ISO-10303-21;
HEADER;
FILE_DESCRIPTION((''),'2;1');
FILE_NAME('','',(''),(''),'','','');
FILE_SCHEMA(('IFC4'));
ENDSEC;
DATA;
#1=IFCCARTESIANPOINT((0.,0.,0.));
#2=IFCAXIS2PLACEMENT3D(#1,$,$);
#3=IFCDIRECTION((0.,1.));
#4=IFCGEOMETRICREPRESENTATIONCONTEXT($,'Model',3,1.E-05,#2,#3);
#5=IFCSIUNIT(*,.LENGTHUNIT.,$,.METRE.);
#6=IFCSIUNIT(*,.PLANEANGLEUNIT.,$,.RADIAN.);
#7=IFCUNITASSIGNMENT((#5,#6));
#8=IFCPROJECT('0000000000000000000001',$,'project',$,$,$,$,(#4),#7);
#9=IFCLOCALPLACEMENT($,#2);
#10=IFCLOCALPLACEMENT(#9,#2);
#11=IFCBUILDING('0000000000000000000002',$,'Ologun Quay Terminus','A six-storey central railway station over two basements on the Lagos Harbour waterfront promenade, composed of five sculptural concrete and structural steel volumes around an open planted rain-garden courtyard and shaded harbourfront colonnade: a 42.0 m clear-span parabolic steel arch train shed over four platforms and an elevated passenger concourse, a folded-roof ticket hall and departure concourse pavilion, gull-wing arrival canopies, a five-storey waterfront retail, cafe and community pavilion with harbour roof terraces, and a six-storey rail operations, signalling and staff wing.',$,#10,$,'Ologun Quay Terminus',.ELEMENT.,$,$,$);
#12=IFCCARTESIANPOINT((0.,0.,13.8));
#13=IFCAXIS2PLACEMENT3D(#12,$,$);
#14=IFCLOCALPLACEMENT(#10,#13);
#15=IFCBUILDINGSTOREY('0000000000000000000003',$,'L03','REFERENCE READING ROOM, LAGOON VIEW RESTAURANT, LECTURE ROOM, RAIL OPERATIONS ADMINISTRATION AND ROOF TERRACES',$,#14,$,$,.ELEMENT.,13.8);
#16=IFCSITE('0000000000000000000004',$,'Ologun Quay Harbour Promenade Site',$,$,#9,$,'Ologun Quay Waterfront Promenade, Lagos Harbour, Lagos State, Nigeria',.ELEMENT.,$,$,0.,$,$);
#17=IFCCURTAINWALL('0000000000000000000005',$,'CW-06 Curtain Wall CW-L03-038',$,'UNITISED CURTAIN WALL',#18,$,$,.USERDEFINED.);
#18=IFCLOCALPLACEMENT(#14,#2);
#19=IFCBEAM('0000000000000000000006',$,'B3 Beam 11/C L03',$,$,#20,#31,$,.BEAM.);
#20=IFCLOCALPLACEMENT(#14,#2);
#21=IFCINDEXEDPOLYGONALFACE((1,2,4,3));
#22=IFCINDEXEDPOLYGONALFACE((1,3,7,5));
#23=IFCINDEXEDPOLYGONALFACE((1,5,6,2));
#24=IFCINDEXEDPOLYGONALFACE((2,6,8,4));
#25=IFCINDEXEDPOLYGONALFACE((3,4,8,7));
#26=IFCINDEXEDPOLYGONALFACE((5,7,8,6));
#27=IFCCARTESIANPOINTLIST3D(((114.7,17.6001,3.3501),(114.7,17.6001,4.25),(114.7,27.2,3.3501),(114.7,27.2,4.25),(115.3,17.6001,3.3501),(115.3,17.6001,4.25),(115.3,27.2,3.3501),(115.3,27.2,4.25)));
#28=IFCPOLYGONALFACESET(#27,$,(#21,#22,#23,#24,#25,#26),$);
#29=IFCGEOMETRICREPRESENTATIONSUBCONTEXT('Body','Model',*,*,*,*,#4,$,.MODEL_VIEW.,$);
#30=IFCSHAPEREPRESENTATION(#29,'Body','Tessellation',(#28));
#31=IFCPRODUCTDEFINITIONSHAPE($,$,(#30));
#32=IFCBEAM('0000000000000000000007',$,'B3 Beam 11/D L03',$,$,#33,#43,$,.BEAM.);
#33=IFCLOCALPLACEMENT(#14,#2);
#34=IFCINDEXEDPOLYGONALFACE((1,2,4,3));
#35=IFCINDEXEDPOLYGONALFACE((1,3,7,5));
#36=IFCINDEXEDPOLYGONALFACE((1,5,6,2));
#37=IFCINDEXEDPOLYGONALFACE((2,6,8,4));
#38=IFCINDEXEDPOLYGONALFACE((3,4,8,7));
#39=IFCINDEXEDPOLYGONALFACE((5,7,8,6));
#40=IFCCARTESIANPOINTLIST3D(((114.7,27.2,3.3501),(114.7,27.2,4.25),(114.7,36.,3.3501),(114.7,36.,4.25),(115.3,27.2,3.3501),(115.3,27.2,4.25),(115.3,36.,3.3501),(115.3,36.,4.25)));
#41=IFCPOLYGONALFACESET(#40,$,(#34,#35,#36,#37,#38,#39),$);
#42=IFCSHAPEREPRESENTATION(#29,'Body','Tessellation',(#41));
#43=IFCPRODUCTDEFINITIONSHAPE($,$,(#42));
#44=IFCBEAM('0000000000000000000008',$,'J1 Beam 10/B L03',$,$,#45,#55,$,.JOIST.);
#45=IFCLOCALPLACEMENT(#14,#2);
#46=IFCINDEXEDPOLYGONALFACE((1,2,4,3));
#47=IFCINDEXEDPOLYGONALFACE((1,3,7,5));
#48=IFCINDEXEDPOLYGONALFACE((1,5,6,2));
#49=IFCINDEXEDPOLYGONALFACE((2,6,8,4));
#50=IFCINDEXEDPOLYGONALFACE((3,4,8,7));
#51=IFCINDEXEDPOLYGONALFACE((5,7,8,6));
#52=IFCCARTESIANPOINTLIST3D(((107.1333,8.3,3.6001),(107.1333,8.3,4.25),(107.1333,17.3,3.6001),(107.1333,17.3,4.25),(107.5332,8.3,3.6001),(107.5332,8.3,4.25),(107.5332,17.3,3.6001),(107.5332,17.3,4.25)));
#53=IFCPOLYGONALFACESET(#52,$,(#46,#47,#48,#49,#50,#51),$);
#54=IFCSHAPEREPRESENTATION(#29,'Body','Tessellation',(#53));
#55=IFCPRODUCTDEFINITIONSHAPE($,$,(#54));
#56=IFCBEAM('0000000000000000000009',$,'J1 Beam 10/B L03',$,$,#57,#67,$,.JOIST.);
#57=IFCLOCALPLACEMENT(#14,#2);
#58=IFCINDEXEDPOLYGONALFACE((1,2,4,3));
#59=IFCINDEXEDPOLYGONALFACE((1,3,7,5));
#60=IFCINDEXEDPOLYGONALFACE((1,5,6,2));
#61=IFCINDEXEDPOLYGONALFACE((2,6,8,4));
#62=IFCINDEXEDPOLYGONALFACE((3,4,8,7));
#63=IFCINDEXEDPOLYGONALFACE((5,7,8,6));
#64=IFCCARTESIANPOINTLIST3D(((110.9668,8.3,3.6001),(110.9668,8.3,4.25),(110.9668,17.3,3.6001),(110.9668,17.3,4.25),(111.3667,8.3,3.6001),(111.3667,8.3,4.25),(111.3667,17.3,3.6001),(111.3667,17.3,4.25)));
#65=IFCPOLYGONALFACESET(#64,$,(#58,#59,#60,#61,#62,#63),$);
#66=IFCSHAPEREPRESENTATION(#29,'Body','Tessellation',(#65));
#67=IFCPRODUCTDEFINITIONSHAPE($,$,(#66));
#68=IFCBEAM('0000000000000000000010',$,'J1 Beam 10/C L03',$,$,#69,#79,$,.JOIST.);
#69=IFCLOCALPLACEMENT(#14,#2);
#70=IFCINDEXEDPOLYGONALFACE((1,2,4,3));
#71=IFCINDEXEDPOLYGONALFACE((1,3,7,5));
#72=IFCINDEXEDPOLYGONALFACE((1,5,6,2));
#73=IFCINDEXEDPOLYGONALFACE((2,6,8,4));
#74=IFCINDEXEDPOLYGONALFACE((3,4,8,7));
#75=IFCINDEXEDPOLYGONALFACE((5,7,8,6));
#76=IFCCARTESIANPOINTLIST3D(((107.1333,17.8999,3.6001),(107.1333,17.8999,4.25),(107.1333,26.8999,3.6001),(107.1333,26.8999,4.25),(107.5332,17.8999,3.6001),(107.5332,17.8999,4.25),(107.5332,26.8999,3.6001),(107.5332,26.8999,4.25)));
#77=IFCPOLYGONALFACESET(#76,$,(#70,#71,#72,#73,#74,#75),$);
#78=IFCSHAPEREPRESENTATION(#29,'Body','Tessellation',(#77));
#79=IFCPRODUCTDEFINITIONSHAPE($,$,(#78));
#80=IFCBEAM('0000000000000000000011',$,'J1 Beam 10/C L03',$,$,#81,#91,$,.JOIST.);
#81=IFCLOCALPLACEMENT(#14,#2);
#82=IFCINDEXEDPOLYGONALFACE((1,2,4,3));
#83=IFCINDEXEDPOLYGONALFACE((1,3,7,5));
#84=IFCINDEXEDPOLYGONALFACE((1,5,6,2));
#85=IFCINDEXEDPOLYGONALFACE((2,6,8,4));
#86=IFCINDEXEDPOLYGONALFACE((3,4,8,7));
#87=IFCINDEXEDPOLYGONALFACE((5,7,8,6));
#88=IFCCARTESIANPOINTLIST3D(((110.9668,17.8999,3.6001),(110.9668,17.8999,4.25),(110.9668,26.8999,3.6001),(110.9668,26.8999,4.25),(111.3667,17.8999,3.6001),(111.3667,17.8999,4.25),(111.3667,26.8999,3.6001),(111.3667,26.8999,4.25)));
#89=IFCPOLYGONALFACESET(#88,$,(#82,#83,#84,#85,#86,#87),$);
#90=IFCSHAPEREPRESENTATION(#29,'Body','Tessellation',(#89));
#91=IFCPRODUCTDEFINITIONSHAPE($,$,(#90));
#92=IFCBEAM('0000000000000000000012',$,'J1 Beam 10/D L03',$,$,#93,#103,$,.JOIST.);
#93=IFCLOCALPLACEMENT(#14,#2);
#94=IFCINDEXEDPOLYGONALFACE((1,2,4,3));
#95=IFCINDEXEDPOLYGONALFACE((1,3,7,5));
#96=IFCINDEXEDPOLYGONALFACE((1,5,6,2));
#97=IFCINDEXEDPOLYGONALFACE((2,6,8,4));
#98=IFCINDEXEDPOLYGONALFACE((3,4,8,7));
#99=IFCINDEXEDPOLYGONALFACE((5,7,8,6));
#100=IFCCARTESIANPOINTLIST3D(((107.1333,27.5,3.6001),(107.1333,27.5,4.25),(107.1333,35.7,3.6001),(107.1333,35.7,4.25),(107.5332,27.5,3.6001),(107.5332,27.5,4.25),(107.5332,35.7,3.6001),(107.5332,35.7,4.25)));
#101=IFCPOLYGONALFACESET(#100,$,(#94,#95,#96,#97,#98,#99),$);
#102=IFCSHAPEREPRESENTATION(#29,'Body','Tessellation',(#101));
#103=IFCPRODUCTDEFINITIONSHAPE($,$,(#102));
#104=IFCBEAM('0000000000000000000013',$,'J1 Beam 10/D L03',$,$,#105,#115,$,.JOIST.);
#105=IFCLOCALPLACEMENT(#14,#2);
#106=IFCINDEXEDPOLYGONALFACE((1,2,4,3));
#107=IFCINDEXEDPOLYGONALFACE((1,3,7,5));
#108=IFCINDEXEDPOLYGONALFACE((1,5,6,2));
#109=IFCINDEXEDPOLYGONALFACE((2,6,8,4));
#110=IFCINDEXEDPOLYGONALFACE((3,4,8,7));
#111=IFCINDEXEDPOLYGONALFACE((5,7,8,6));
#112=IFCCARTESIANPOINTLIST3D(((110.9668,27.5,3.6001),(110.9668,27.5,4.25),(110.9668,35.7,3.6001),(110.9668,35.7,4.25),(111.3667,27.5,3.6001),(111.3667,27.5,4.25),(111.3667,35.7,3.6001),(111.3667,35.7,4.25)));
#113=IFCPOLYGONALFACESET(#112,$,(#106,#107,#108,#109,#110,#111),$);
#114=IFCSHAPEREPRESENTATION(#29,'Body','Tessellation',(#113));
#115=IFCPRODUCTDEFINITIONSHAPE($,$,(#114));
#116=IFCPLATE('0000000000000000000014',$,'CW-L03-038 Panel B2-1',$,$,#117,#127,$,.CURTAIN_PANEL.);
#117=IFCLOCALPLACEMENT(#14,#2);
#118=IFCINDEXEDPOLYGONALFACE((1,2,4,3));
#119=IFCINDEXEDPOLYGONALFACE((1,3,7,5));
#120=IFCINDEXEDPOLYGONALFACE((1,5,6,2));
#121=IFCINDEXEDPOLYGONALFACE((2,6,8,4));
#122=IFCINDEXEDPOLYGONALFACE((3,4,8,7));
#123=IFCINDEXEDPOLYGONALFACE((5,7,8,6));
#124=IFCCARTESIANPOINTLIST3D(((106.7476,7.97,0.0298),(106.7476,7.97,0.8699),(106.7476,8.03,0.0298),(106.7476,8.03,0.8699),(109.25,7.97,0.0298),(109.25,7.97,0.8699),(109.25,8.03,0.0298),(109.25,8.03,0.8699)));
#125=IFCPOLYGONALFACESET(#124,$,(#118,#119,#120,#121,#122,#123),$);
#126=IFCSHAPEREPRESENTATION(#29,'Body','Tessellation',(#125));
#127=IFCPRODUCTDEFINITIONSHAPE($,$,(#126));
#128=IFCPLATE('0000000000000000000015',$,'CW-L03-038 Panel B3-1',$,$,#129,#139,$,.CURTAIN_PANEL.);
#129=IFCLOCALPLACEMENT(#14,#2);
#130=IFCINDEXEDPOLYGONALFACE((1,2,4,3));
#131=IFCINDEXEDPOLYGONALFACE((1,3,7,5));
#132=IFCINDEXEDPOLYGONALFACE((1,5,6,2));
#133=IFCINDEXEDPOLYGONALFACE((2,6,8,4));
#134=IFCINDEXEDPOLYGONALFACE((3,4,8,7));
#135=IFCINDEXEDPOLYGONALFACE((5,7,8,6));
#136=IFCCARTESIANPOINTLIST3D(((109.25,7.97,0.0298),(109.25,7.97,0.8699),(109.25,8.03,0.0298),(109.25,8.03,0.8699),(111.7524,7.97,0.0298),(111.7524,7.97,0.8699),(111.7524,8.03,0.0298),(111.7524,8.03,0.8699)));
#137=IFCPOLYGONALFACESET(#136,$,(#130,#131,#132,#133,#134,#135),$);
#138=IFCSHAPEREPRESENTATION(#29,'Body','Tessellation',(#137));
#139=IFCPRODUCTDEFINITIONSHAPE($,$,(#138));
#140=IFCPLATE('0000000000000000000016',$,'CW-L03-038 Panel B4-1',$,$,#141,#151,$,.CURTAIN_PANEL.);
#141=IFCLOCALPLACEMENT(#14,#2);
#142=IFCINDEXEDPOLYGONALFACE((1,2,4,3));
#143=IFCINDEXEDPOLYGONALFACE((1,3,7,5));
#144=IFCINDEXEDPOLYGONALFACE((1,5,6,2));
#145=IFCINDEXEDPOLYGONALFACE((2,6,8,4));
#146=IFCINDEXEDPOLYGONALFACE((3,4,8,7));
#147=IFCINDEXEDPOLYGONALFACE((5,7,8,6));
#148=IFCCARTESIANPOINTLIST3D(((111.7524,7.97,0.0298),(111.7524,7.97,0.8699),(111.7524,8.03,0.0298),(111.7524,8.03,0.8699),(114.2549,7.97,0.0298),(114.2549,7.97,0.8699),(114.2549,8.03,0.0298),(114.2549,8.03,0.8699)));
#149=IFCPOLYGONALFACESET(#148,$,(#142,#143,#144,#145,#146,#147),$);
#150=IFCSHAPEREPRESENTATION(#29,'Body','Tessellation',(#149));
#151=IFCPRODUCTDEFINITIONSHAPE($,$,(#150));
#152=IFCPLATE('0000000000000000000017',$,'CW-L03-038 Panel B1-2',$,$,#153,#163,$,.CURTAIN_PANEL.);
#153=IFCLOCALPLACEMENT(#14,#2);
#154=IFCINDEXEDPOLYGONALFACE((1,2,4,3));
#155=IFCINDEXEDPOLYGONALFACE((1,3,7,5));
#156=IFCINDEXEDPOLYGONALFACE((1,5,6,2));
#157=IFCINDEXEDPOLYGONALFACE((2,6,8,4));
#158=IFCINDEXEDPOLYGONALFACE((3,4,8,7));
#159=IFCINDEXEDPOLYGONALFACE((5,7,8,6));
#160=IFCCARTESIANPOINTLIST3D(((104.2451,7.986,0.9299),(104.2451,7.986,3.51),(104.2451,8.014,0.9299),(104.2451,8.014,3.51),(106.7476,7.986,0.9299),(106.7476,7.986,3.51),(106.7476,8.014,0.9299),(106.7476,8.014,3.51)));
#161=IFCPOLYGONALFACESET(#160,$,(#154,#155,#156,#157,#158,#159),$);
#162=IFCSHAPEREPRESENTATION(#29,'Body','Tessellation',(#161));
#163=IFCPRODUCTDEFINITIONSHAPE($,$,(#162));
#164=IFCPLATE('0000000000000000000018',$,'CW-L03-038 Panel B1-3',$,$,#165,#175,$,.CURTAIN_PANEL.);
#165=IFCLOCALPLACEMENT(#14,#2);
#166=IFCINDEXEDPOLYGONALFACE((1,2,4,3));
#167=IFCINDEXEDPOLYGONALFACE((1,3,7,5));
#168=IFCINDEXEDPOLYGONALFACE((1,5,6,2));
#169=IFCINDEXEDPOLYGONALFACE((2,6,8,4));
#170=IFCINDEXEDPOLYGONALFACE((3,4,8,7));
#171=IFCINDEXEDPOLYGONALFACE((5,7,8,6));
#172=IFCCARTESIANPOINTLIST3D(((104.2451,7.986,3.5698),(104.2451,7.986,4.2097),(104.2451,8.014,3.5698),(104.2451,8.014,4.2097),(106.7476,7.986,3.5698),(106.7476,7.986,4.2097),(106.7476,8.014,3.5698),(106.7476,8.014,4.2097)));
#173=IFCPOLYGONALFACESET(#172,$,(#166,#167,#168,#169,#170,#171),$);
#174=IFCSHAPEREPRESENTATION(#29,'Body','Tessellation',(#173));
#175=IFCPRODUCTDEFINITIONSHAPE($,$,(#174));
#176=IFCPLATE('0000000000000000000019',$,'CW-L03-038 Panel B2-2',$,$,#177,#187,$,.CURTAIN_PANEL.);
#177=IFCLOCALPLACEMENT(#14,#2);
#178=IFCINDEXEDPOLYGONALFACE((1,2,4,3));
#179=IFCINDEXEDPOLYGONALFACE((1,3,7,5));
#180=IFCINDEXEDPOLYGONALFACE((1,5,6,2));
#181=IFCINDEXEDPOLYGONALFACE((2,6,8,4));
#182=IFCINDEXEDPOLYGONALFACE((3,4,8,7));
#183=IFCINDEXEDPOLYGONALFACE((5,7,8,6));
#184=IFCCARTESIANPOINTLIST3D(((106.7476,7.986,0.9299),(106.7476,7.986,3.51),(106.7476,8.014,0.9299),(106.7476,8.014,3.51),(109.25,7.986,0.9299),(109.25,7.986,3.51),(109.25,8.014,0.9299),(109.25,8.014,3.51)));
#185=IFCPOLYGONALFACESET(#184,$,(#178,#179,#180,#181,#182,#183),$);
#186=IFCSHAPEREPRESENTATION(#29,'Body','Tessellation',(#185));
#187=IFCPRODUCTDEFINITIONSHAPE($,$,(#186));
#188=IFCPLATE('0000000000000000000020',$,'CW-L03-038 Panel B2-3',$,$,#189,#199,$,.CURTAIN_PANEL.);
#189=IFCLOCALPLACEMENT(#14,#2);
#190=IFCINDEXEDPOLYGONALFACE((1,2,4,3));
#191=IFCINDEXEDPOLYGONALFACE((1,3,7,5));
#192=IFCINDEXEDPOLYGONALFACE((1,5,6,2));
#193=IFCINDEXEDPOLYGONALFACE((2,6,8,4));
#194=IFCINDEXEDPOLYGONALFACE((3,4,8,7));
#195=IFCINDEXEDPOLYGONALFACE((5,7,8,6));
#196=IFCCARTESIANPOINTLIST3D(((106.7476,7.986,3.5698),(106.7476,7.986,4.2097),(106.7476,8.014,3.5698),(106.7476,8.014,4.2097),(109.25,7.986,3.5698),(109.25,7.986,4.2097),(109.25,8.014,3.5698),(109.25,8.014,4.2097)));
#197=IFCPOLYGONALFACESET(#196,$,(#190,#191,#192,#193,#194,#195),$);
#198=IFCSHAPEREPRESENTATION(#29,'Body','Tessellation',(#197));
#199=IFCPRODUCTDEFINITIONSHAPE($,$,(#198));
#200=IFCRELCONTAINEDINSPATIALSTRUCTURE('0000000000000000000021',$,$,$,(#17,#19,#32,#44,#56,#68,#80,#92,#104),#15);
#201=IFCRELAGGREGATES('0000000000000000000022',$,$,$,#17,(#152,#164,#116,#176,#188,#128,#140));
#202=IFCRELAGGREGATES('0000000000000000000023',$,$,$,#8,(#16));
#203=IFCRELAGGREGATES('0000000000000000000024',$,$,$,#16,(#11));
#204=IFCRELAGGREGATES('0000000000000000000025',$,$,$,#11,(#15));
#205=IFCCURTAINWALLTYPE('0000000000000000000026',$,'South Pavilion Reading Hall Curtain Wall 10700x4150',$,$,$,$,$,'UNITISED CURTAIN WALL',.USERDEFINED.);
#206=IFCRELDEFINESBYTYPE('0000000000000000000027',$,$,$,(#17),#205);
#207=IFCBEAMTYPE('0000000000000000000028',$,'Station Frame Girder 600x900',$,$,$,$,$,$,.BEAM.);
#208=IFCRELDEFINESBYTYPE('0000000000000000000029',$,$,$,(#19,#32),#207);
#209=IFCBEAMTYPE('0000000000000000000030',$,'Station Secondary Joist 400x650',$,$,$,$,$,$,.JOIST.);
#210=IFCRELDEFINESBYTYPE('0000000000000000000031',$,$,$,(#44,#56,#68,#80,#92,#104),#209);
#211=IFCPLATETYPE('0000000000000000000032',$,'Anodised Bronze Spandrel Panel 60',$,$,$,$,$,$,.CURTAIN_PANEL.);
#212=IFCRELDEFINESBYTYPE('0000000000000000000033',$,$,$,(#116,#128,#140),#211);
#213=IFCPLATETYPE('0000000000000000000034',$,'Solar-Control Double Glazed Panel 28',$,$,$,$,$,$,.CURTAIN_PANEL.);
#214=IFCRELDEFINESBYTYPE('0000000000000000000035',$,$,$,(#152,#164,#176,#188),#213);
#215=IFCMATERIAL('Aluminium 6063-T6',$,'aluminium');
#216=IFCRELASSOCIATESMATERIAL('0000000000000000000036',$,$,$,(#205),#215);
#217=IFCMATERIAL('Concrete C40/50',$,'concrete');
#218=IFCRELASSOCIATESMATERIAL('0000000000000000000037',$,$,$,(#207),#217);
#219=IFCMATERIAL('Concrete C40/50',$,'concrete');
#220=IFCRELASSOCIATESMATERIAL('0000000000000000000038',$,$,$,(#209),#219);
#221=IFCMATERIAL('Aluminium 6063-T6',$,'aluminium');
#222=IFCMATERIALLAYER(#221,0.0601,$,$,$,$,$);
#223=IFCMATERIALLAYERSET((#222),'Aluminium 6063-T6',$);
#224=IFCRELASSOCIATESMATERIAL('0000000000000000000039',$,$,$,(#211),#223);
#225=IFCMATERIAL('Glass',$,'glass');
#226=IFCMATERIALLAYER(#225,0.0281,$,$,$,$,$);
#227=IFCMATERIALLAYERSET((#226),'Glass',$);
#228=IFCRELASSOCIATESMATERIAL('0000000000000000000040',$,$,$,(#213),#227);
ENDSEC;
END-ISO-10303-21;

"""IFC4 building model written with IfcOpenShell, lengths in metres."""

from ifc_helpers import new_model, si_unit, direction, frame, origin, origin_2d, place, context, subcontext, project, spatial, rectangle, extrude, material, layer, layer_set, material_profile, profile_set, type_object, element, aggregate, save


model = new_model("IFC4")

# Units and contexts
model_context = context("Model", 3, precision=1e-05, world=origin(), true_north=direction((0.0, 1.0)))
body_context = subcontext(model_context, "Body", "Model", "MODEL_VIEW")
ifc_project = project(units=[si_unit("LENGTHUNIT", "METRE"), si_unit("PLANEANGLEUNIT", "RADIAN")], contexts=[model_context])

# Site, building, storey
site_placement = place(None, origin())
site = spatial("IfcSite", under=ifc_project, at=site_placement, Name="Ologun Quay Harbour Promenade Site", LongName="Ologun Quay Waterfront Promenade, Lagos Harbour, Lagos State, Nigeria", CompositionType="ELEMENT", RefElevation=0.0)
building_placement = place(site_placement, origin())
building = spatial("IfcBuilding", under=site, at=building_placement, Name="Ologun Quay Terminus", Description="A six-storey central railway station over two basements on the Lagos Harbour waterfront promenade, composed of five sculptural concrete and structural steel volumes around an open planted rain-garden courtyard and shaded harbourfront colonnade: a 42.0 m clear-span parabolic steel arch train shed over four platforms and an elevated passenger concourse, a folded-roof ticket hall and departure concourse pavilion, gull-wing arrival canopies, a five-storey waterfront retail, cafe and community pavilion with harbour roof terraces, and a six-storey rail operations, signalling and staff wing.", LongName="Ologun Quay Terminus", CompositionType="ELEMENT")
storey_placement = place(building_placement, frame((0.0, 0.0, 13.8)))
storey = spatial("IfcBuildingStorey", under=building, at=storey_placement, Name="L03", Description="REFERENCE READING ROOM, LAGOON VIEW RESTAURANT, LECTURE ROOM, RAIL OPERATIONS ADMINISTRATION AND ROOF TERRACES", CompositionType="ELEMENT", Elevation=13.8)

# Curtain wall
ifc_material_1 = material(Name="Aluminium 6063-T6", Category="aluminium")
curtain_wall_type = type_object("IfcCurtainWallType", Name="South Pavilion Reading Hall Curtain Wall 10700x4150", ElementType="UNITISED CURTAIN WALL", PredefinedType="USERDEFINED", material=ifc_material_1)
curtain_wall_1_placement = place(storey_placement, origin())
curtain_wall_1 = element("IfcCurtainWall", 1, at=curtain_wall_1_placement, inside=storey, type_object=curtain_wall_type, Name="CW-06 Curtain Wall CW-L03-038", ObjectType="UNITISED CURTAIN WALL", PredefinedType="USERDEFINED")

# Beams
ifc_material_2 = material(Name="Concrete C40/50", Category="concrete")
ifc_material_profile_1 = material_profile(ifc_material_2, rectangle(XDim=0.6001, YDim=0.8999, at=origin_2d()), Name="RC 600x900")
ifc_profile_set_1 = profile_set([ifc_material_profile_1], Name="Concrete C40/50")
beam_type_1 = type_object("IfcBeamType", Name="Station Frame Girder 600x900", PredefinedType="BEAM", material=ifc_profile_set_1)
beam_1_placement = place(storey_placement, frame((115.0, 17.6001, 3.8), z_axis=(0.0, 1.0, 0.0), x_axis=(-1.0, 0.0, 0.0)))
element("IfcBeam", 2, at=beam_1_placement, inside=storey, type_object=beam_type_1, Name="B3 Beam 11/C L03", PredefinedType="BEAM", context=body_context, shape_type="SweptSolid", body=[
    extrude(rectangle(XDim=0.6001, YDim=0.8999, at=origin_2d()), origin(), (0.0, 0.0, 1.0), 9.5999),
])
beam_2_placement = place(storey_placement, frame((115.0, 27.2, 3.8), z_axis=(0.0, 1.0, 0.0), x_axis=(-1.0, 0.0, 0.0)))
element("IfcBeam", 3, at=beam_2_placement, inside=storey, type_object=beam_type_1, Name="B3 Beam 11/D L03", PredefinedType="BEAM", context=body_context, shape_type="SweptSolid", body=[
    extrude(rectangle(XDim=0.6001, YDim=0.8999, at=origin_2d()), origin(), (0.0, 0.0, 1.0), 8.8),
])
ifc_material_3 = material(Name="Concrete C40/50", Category="concrete")
ifc_material_profile_2 = material_profile(ifc_material_3, rectangle(XDim=0.3999, YDim=0.6499, at=origin_2d()), Name="RC 400x650")
ifc_profile_set_2 = profile_set([ifc_material_profile_2], Name="Concrete C40/50")
beam_type_2 = type_object("IfcBeamType", Name="Station Secondary Joist 400x650", PredefinedType="JOIST", material=ifc_profile_set_2)
for number, where, z_axis, x_axis, name in (
    (4, (107.3333, 8.3, 3.925), (0.0, 1.0, 0.0), (-1.0, 0.0, 0.0), "J1 Beam 10/B L03"),
    (5, (111.1667, 8.3, 3.925), (0.0, 1.0, 0.0), (-1.0, 0.0, 0.0), "J1 Beam 10/B L03"),
    (6, (107.3333, 17.8999, 3.925), (0.0, 1.0, 0.0), (-1.0, 0.0, 0.0), "J1 Beam 10/C L03"),
    (7, (111.1667, 17.8999, 3.925), (0.0, 1.0, 0.0), (-1.0, 0.0, 0.0), "J1 Beam 10/C L03"),
):
    element("IfcBeam", number, at=place(storey_placement, frame(where, z_axis=z_axis, x_axis=x_axis)), inside=storey, type_object=beam_type_2, Name=name, PredefinedType="JOIST", context=body_context, shape_type="SweptSolid", body=[
        extrude(rectangle(XDim=0.3999, YDim=0.6499, at=origin_2d()), origin(), (0.0, 0.0, 1.0), 9.0),
    ])
for number, where, z_axis, x_axis, name in (
    (8, (107.3333, 27.5, 3.925), (0.0, 1.0, 0.0), (-1.0, 0.0, 0.0), "J1 Beam 10/D L03"),
    (9, (111.1667, 27.5, 3.925), (0.0, 1.0, 0.0), (-1.0, 0.0, 0.0), "J1 Beam 10/D L03"),
):
    element("IfcBeam", number, at=place(storey_placement, frame(where, z_axis=z_axis, x_axis=x_axis)), inside=storey, type_object=beam_type_2, Name=name, PredefinedType="JOIST", context=body_context, shape_type="SweptSolid", body=[
        extrude(rectangle(XDim=0.3999, YDim=0.6499, at=origin_2d()), origin(), (0.0, 0.0, 1.0), 8.2),
    ])

# Plates
ifc_material_4 = material(Name="Aluminium 6063-T6", Category="aluminium")
ifc_layer_1 = layer(ifc_material_4, 0.0601)
ifc_layer_set_1 = layer_set([ifc_layer_1], Name="Aluminium 6063-T6")
plate_type_1 = type_object("IfcPlateType", Name="Anodised Bronze Spandrel Panel 60", PredefinedType="CURTAIN_PANEL", material=ifc_layer_set_1)
plate_1_placement = place(storey_placement, frame((107.9988, 8.0, 0.0298), z_axis=(0.0, 0.0, 1.0), x_axis=(1.0, 0.0, 0.0)))
plate_1 = element("IfcPlate", 10, at=plate_1_placement, type_object=plate_type_1, Name="CW-L03-038 Panel B2-1", PredefinedType="CURTAIN_PANEL", context=body_context, shape_type="SweptSolid", body=[
    extrude(rectangle(XDim=2.5024, YDim=0.0601, at=origin_2d()), origin(), (0.0, 0.0, 1.0), 0.8401),
])
plate_2_placement = place(storey_placement, frame((110.5012, 8.0, 0.0298), z_axis=(0.0, 0.0, 1.0), x_axis=(1.0, 0.0, 0.0)))
plate_2 = element("IfcPlate", 11, at=plate_2_placement, type_object=plate_type_1, Name="CW-L03-038 Panel B3-1", PredefinedType="CURTAIN_PANEL", context=body_context, shape_type="SweptSolid", body=[
    extrude(rectangle(XDim=2.5024, YDim=0.0601, at=origin_2d()), origin(), (0.0, 0.0, 1.0), 0.8401),
])
plate_3_placement = place(storey_placement, frame((113.0037, 8.0, 0.0298), z_axis=(0.0, 0.0, 1.0), x_axis=(1.0, 0.0, 0.0)))
plate_3 = element("IfcPlate", 12, at=plate_3_placement, type_object=plate_type_1, Name="CW-L03-038 Panel B4-1", PredefinedType="CURTAIN_PANEL", context=body_context, shape_type="SweptSolid", body=[
    extrude(rectangle(XDim=2.5024, YDim=0.0601, at=origin_2d()), origin(), (0.0, 0.0, 1.0), 0.8401),
])
ifc_material_5 = material(Name="Glass", Category="glass")
ifc_layer_2 = layer(ifc_material_5, 0.0281)
ifc_layer_set_2 = layer_set([ifc_layer_2], Name="Glass")
plate_type_2 = type_object("IfcPlateType", Name="Solar-Control Double Glazed Panel 28", PredefinedType="CURTAIN_PANEL", material=ifc_layer_set_2)
plate_4_placement = place(storey_placement, frame((105.4963, 8.0, 0.9299), z_axis=(0.0, 0.0, 1.0), x_axis=(1.0, 0.0, 0.0)))
plate_4 = element("IfcPlate", 13, at=plate_4_placement, type_object=plate_type_2, Name="CW-L03-038 Panel B1-2", PredefinedType="CURTAIN_PANEL", context=body_context, shape_type="SweptSolid", body=[
    extrude(rectangle(XDim=2.5024, YDim=0.0281, at=origin_2d()), origin(), (0.0, 0.0, 1.0), 2.5801),
])
plate_5_placement = place(storey_placement, frame((105.4963, 8.0, 3.5698), z_axis=(0.0, 0.0, 1.0), x_axis=(1.0, 0.0, 0.0)))
plate_5 = element("IfcPlate", 14, at=plate_5_placement, type_object=plate_type_2, Name="CW-L03-038 Panel B1-3", PredefinedType="CURTAIN_PANEL", context=body_context, shape_type="SweptSolid", body=[
    extrude(rectangle(XDim=2.5024, YDim=0.0281, at=origin_2d()), origin(), (0.0, 0.0, 1.0), 0.6399),
])
plate_6_placement = place(storey_placement, frame((107.9988, 8.0, 0.9299), z_axis=(0.0, 0.0, 1.0), x_axis=(1.0, 0.0, 0.0)))
plate_6 = element("IfcPlate", 15, at=plate_6_placement, type_object=plate_type_2, Name="CW-L03-038 Panel B2-2", PredefinedType="CURTAIN_PANEL", context=body_context, shape_type="SweptSolid", body=[
    extrude(rectangle(XDim=2.5024, YDim=0.0281, at=origin_2d()), origin(), (0.0, 0.0, 1.0), 2.5801),
])
plate_7_placement = place(storey_placement, frame((107.9988, 8.0, 3.5698), z_axis=(0.0, 0.0, 1.0), x_axis=(1.0, 0.0, 0.0)))
plate_7 = element("IfcPlate", 16, at=plate_7_placement, type_object=plate_type_2, Name="CW-L03-038 Panel B2-3", PredefinedType="CURTAIN_PANEL", context=body_context, shape_type="SweptSolid", body=[
    extrude(rectangle(XDim=2.5024, YDim=0.0281, at=origin_2d()), origin(), (0.0, 0.0, 1.0), 0.6399),
])
aggregate(curtain_wall_1, [plate_4, plate_5, plate_1, plate_6, plate_7, plate_2, plate_3])

save(model, "model.ifc")
